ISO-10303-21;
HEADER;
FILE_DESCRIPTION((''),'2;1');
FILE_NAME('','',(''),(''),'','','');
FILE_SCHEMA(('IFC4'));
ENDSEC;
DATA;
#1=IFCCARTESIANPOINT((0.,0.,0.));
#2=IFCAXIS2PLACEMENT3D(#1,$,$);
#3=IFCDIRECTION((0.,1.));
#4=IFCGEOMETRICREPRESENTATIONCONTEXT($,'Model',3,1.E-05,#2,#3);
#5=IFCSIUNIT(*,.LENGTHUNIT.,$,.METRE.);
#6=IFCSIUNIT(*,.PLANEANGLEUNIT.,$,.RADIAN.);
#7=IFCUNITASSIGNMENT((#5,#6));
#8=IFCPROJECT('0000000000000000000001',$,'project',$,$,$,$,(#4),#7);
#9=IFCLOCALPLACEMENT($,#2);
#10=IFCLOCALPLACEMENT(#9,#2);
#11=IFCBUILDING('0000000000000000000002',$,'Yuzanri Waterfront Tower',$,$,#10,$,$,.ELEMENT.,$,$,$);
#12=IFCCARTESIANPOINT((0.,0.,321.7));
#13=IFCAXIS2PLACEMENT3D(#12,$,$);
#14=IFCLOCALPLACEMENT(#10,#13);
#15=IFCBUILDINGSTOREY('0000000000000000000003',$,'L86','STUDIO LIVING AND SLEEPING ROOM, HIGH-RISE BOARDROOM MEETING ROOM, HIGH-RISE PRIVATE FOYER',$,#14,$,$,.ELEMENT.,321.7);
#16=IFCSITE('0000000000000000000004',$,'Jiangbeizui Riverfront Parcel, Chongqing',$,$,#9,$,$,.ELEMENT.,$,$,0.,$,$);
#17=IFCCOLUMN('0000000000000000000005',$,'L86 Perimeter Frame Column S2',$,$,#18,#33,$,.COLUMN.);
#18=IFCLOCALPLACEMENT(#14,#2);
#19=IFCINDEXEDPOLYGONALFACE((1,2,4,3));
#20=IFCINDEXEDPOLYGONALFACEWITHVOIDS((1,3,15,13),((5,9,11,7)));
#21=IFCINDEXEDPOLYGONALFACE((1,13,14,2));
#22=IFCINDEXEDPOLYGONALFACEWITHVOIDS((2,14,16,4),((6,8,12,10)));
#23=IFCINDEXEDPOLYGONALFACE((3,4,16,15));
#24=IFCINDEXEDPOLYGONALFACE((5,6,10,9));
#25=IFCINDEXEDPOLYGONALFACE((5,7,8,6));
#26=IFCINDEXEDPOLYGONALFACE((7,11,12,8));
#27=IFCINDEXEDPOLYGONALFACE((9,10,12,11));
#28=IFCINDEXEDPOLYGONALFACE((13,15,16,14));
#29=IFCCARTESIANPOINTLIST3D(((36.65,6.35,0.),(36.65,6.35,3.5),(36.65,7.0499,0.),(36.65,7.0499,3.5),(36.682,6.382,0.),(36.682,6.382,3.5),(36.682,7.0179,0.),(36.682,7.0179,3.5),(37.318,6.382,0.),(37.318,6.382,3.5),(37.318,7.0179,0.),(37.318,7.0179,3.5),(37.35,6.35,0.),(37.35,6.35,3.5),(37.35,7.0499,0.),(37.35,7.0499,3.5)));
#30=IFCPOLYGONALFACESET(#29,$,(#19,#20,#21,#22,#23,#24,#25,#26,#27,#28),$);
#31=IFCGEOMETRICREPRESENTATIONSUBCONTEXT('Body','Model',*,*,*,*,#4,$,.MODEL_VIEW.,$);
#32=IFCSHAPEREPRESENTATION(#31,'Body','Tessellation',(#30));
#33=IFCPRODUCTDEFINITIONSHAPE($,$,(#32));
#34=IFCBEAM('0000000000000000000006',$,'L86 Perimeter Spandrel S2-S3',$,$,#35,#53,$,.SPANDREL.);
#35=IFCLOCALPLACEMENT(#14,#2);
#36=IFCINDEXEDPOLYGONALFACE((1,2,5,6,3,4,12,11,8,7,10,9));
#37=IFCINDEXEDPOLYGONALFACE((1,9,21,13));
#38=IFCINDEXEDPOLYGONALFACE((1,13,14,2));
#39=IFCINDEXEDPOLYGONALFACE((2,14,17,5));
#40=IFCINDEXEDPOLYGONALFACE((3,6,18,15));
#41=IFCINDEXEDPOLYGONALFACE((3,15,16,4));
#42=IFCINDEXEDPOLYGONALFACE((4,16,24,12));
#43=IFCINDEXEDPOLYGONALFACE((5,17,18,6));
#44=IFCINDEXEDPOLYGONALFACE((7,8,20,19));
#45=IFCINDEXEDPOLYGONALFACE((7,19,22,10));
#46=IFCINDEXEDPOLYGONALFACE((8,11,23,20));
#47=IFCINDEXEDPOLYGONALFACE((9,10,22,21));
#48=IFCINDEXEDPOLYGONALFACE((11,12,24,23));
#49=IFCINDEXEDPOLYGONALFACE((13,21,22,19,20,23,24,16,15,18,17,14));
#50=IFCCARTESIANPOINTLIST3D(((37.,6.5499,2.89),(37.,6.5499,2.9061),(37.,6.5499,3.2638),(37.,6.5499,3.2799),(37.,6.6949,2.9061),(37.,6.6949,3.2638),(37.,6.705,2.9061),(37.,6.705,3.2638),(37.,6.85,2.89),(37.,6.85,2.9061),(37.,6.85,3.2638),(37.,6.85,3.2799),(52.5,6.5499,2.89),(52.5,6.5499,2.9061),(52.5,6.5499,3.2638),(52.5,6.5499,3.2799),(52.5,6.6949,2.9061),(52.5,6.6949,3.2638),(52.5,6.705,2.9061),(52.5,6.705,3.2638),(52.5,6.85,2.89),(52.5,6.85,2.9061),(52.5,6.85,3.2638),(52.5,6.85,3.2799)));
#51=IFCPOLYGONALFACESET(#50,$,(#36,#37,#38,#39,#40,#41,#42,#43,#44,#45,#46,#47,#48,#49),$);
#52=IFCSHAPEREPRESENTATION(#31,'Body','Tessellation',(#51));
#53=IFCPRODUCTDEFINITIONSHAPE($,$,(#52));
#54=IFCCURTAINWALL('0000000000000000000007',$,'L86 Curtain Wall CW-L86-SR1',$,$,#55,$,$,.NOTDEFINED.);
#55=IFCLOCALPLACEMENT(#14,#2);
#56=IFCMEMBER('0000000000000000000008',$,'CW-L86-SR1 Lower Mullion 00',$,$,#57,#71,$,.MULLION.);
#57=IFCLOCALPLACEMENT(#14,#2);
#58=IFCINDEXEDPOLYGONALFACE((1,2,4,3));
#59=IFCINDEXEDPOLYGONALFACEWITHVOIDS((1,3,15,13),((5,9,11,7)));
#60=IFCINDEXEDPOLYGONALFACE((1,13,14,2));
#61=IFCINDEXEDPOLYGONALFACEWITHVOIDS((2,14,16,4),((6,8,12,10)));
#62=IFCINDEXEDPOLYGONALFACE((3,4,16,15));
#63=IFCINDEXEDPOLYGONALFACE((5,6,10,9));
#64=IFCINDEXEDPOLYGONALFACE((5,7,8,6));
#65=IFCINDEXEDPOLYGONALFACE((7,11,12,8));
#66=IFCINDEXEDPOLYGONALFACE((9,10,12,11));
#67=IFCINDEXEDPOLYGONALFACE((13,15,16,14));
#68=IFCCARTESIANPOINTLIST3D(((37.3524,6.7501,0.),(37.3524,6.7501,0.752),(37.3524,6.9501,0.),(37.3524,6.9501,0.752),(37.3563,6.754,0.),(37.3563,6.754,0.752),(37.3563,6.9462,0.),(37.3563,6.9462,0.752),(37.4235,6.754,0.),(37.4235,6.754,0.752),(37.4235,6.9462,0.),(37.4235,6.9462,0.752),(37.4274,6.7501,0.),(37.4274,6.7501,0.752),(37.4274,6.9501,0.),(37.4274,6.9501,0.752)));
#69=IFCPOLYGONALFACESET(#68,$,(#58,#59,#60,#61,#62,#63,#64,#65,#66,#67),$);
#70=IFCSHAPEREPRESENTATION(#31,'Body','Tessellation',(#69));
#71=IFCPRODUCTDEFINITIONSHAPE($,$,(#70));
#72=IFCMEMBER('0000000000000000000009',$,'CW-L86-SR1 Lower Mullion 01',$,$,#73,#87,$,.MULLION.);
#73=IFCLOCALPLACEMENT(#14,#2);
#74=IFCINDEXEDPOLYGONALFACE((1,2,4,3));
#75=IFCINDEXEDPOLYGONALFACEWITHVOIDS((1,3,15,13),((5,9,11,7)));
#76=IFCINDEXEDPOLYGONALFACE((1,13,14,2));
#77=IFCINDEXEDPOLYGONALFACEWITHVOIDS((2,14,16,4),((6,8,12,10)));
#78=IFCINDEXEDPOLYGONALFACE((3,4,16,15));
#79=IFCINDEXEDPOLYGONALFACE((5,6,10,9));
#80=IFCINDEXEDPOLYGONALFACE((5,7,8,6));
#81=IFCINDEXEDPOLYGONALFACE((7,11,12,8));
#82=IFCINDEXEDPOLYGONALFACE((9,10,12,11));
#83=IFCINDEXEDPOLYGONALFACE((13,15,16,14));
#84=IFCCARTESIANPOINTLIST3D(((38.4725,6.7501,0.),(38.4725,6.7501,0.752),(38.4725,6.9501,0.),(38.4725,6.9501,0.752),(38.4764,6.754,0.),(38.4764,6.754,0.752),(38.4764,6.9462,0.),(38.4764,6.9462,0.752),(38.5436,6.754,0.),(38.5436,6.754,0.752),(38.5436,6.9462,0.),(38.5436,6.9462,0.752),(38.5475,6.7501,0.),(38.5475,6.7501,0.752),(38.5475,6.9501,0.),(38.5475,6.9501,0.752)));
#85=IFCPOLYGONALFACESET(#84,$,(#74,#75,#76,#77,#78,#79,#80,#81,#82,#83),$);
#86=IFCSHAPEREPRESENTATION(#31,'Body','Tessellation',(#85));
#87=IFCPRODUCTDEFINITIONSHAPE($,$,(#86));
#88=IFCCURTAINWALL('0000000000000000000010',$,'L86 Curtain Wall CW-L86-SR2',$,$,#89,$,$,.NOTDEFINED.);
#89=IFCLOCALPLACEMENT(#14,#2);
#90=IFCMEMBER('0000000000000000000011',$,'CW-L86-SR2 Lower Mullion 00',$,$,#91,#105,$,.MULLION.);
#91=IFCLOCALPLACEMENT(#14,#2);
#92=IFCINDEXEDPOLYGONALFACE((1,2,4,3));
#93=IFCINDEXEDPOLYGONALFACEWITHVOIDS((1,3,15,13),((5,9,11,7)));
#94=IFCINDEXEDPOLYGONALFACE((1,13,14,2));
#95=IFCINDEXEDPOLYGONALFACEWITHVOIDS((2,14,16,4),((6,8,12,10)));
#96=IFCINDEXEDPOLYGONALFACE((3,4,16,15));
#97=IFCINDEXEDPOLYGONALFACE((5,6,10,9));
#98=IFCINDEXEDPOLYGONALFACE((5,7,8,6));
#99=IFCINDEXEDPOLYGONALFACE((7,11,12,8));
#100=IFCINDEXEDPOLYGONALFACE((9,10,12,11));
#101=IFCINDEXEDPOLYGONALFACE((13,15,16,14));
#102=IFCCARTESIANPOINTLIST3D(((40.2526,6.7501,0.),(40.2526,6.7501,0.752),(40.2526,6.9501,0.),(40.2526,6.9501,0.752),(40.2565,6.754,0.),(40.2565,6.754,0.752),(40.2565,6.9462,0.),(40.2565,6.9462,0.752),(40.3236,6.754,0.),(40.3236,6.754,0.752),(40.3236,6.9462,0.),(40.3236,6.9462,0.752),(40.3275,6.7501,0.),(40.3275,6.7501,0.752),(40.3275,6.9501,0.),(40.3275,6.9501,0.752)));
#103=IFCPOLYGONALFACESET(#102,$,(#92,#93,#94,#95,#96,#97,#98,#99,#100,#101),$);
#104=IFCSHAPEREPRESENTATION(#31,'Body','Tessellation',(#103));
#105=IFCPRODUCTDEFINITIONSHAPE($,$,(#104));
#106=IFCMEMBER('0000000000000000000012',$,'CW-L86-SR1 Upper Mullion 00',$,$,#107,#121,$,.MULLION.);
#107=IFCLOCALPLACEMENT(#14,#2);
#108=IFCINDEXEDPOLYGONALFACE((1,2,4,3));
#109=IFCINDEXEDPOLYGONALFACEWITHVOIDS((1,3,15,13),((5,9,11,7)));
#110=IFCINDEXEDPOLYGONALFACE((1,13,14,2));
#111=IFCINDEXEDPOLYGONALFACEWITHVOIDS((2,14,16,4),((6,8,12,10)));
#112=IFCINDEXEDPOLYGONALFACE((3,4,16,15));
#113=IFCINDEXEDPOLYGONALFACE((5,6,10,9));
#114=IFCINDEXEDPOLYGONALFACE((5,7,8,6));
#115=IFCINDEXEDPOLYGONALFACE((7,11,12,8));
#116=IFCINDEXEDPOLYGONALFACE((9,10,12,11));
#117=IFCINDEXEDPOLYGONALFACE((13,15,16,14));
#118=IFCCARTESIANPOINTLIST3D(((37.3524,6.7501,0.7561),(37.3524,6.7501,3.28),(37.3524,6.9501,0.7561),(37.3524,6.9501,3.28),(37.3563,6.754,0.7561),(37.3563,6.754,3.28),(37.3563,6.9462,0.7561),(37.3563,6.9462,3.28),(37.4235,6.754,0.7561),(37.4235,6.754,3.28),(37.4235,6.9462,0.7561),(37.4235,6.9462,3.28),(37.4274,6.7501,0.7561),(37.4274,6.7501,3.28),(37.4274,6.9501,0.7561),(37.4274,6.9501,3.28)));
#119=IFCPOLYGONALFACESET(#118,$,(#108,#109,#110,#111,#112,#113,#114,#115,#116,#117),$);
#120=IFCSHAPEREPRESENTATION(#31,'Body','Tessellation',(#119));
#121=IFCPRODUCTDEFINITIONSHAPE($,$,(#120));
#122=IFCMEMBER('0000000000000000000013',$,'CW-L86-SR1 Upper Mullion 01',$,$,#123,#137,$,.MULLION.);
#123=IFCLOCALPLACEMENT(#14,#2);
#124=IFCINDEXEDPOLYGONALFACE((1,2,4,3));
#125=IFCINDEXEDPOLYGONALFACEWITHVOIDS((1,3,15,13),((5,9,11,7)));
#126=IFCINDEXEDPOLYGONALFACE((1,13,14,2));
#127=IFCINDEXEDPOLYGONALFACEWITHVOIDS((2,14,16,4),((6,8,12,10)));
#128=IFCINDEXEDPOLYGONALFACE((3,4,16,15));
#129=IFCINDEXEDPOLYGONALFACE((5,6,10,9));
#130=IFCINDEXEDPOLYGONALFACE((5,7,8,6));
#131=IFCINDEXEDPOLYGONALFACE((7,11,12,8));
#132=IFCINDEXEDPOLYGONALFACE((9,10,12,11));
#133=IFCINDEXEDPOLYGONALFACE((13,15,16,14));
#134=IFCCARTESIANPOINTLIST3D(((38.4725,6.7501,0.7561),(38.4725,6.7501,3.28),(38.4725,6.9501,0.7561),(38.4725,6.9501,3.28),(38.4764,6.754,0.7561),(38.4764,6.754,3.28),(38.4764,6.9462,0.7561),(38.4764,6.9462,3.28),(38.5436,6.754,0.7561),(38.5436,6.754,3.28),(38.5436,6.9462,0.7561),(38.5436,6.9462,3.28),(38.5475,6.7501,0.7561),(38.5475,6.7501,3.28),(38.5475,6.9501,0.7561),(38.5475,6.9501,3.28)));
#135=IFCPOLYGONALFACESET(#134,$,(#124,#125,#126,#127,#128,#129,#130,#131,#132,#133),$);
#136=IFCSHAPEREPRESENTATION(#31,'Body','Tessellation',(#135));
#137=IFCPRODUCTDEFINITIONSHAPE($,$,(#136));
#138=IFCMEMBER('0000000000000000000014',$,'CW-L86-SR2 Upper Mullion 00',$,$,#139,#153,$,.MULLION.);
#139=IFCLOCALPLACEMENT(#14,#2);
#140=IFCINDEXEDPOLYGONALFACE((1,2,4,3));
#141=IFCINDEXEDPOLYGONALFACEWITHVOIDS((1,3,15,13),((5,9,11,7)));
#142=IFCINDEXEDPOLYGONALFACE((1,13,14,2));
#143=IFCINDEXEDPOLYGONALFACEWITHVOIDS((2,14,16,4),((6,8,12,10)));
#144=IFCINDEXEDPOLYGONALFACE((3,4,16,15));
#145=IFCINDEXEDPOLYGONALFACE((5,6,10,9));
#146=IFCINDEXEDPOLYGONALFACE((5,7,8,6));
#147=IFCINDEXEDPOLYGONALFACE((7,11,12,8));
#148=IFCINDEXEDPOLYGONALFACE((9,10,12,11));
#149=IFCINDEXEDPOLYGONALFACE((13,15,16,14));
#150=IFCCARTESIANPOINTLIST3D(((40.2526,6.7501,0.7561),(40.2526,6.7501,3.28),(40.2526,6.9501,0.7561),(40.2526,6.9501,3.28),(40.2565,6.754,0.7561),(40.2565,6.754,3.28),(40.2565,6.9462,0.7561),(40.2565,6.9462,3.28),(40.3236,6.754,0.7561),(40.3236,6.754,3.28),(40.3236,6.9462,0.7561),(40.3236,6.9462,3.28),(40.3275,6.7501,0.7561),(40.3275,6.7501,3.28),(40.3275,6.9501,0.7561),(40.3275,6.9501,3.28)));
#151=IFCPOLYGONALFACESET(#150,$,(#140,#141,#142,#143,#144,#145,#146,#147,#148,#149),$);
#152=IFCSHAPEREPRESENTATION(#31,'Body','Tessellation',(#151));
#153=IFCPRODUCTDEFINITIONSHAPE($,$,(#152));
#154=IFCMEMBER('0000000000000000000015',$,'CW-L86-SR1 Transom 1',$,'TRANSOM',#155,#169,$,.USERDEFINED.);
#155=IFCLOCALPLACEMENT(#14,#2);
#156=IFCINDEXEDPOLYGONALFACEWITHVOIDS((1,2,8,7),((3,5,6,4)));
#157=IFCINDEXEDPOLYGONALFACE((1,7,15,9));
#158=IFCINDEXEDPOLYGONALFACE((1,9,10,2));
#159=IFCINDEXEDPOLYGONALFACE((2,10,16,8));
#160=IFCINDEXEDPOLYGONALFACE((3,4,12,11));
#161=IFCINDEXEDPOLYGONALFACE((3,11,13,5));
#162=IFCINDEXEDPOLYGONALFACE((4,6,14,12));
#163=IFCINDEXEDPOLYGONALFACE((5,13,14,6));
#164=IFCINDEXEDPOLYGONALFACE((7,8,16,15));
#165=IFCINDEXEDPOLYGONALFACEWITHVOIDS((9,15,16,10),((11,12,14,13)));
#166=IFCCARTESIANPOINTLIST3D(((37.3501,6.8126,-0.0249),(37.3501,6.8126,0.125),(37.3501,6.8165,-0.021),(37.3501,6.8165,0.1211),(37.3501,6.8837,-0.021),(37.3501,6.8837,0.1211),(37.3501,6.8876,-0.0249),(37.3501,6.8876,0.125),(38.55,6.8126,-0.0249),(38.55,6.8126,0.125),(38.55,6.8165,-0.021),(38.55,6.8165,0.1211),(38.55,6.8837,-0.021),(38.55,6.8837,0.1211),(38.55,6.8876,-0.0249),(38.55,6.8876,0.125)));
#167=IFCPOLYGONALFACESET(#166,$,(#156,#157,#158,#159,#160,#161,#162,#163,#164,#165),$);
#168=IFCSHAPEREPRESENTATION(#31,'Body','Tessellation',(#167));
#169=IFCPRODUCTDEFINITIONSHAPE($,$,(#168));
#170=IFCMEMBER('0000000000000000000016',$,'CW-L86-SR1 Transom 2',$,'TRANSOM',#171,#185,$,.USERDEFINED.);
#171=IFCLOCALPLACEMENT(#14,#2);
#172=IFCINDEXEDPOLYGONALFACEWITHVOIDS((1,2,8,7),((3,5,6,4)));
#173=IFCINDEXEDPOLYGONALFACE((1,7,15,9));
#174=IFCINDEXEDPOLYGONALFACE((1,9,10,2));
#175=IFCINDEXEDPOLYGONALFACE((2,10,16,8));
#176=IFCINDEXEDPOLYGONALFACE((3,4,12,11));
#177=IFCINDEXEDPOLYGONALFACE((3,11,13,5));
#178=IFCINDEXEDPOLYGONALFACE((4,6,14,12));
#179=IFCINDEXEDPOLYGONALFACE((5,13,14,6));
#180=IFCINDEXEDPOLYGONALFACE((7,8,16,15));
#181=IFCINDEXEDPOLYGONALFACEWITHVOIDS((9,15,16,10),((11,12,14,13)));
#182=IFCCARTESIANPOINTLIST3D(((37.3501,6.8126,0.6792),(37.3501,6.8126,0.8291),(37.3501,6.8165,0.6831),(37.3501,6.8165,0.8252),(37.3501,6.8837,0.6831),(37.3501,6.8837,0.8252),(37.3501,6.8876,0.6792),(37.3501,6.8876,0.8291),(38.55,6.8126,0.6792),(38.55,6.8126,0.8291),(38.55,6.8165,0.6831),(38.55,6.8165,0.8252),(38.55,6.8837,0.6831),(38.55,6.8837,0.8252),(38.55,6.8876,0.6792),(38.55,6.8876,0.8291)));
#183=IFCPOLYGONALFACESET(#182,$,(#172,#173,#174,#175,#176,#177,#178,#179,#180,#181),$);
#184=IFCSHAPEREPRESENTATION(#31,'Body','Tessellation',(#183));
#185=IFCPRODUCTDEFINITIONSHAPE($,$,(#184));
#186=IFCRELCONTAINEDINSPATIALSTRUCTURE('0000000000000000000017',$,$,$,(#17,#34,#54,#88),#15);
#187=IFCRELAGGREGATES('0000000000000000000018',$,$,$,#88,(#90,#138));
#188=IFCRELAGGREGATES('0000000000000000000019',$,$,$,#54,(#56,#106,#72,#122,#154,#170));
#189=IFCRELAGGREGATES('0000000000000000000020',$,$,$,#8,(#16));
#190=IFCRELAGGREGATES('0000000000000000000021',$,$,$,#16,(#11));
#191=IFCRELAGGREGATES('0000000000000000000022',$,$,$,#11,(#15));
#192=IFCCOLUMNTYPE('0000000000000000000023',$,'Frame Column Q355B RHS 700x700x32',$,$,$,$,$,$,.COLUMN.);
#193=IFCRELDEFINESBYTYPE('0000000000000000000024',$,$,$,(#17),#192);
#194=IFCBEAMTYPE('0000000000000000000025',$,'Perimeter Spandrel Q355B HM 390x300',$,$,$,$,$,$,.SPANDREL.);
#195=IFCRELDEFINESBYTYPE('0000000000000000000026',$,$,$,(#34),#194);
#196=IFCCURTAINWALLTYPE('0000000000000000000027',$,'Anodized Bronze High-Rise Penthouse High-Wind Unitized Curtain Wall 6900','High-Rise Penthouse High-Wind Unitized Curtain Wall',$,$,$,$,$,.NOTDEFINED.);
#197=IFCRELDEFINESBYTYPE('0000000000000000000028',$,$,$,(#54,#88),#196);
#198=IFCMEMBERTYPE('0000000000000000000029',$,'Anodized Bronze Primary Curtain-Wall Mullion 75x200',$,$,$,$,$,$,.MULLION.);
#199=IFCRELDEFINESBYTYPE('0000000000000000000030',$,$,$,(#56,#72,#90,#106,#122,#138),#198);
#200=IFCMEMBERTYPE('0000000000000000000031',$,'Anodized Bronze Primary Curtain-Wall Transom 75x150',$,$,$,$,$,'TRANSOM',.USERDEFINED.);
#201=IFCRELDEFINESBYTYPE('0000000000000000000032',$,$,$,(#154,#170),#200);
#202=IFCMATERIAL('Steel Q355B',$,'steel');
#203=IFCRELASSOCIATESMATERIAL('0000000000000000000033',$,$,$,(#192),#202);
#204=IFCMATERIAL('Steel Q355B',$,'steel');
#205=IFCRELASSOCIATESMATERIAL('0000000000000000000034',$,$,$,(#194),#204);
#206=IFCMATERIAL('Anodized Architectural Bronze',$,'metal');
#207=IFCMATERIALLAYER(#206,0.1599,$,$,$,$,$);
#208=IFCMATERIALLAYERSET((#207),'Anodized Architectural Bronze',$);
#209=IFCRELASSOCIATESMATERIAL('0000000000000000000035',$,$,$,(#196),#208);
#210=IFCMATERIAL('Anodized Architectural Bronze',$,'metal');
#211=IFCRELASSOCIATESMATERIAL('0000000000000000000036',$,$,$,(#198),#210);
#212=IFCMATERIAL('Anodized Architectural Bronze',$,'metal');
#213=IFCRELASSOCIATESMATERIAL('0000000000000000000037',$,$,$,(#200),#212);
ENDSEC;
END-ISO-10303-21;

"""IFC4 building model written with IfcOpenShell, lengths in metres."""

from ifc_helpers import new_model, si_unit, direction, frame, origin, origin_2d, place, context, subcontext, project, spatial, hollow_rectangle, i_section, extrude, source, transform, mapped, material, layer, layer_set, material_profile, profile_set, type_object, element, aggregate, save


model = new_model("IFC4")

# Units and contexts
model_context = context("Model", 3, precision=1e-05, world=origin(), true_north=direction((0.0, 1.0)))
body_context = subcontext(model_context, "Body", "Model", "MODEL_VIEW")
ifc_project = project(units=[si_unit("LENGTHUNIT", "METRE"), si_unit("PLANEANGLEUNIT", "RADIAN")], contexts=[model_context])

# Site, building, storey
site_placement = place(None, origin())
site = spatial("IfcSite", under=ifc_project, at=site_placement, Name="Jiangbeizui Riverfront Parcel, Chongqing", CompositionType="ELEMENT", RefElevation=0.0)
building_placement = place(site_placement, origin())
building = spatial("IfcBuilding", under=site, at=building_placement, Name="Yuzanri Waterfront Tower", CompositionType="ELEMENT")
storey_placement = place(building_placement, frame((0.0, 0.0, 321.7)))
storey = spatial("IfcBuildingStorey", under=building, at=storey_placement, Name="L86", Description="STUDIO LIVING AND SLEEPING ROOM, HIGH-RISE BOARDROOM MEETING ROOM, HIGH-RISE PRIVATE FOYER", CompositionType="ELEMENT", Elevation=321.7)

# Column
ifc_material_1 = material(Name="Steel Q355B", Category="steel")
ifc_material_profile_1 = material_profile(ifc_material_1, hollow_rectangle(XDim=0.7, YDim=0.7, WallThickness=0.032, at=origin_2d()), Name="RHS 700x700x32")
ifc_profile_set_1 = profile_set([ifc_material_profile_1], Name="Steel Q355B")
column_type = type_object("IfcColumnType", Name="Frame Column Q355B RHS 700x700x32", PredefinedType="COLUMN", material=ifc_profile_set_1)
shared_shape_1 = source(origin(), body_context, "Body", "SweptSolid", [
    extrude(hollow_rectangle(XDim=0.7, YDim=0.7, WallThickness=0.032, at=origin_2d()), origin(), (0.0, 0.0, 1.0), 3.5),
])
column_placement = place(storey_placement, frame((37.0, 6.7, 0.0), z_axis=(0.0, 0.0, 1.0), x_axis=(1.0, 0.0, 0.0)))
element("IfcColumn", 1, at=column_placement, inside=storey, type_object=column_type, Name="L86 Perimeter Frame Column S2", PredefinedType="COLUMN", context=body_context, shape_type="MappedRepresentation", body=[
    mapped(shared_shape_1, transform((0.0, 0.0, 0.0), scale=1.0)),
])

# Beam
ifc_material_2 = material(Name="Steel Q355B", Category="steel")
ifc_material_profile_2 = material_profile(ifc_material_2, i_section(OverallWidth=0.3, OverallDepth=0.3899, WebThickness=0.01, FlangeThickness=0.0161, at=origin_2d()), Name="HM 390x300x10x16")
ifc_profile_set_2 = profile_set([ifc_material_profile_2], Name="Steel Q355B")
beam_type = type_object("IfcBeamType", Name="Perimeter Spandrel Q355B HM 390x300", PredefinedType="SPANDREL", material=ifc_profile_set_2)
shared_shape_2 = source(origin(), body_context, "Body", "SweptSolid", [
    extrude(i_section(OverallWidth=0.3, OverallDepth=0.3899, WebThickness=0.01, FlangeThickness=0.0161, at=origin_2d()), origin(), (0.0, 0.0, 1.0), 15.5),
])
beam_placement = place(storey_placement, frame((37.0, 6.7, 3.085), z_axis=(1.0, 0.0, 0.0), x_axis=(0.0, 1.0, 0.0)))
element("IfcBeam", 2, at=beam_placement, inside=storey, type_object=beam_type, Name="L86 Perimeter Spandrel S2-S3", PredefinedType="SPANDREL", context=body_context, shape_type="MappedRepresentation", body=[
    mapped(shared_shape_2, transform((0.0, 0.0, 0.0), scale=1.0)),
])

# Curtain wall, members
ifc_material_3 = material(Name="Anodized Architectural Bronze", Category="metal")
ifc_layer_1 = layer(ifc_material_3, 0.1599)
ifc_layer_set_1 = layer_set([ifc_layer_1], Name="Anodized Architectural Bronze")
curtain_wall_type = type_object("IfcCurtainWallType", Name="Anodized Bronze High-Rise Penthouse High-Wind Unitized Curtain Wall 6900", Description="High-Rise Penthouse High-Wind Unitized Curtain Wall", PredefinedType="NOTDEFINED", material=ifc_layer_set_1)
curtain_wall_1_placement = place(storey_placement, origin())
curtain_wall_1 = element("IfcCurtainWall", 3, at=curtain_wall_1_placement, inside=storey, type_object=curtain_wall_type, Name="L86 Curtain Wall CW-L86-SR1", PredefinedType="NOTDEFINED")
ifc_material_4 = material(Name="Anodized Architectural Bronze", Category="metal")
ifc_material_profile_3 = material_profile(ifc_material_4, hollow_rectangle(XDim=0.075, YDim=0.2, WallThickness=0.0039, at=origin_2d()), Name="CWM 75x200")
ifc_profile_set_3 = profile_set([ifc_material_profile_3], Name="Anodized Architectural Bronze")
member_type_1 = type_object("IfcMemberType", Name="Anodized Bronze Primary Curtain-Wall Mullion 75x200", PredefinedType="MULLION", material=ifc_profile_set_3)
shared_shape_3 = source(origin(), body_context, "Body", "SweptSolid", [
    extrude(hollow_rectangle(XDim=0.075, YDim=0.2, WallThickness=0.0039, at=origin_2d()), origin(), (0.0, 0.0, 1.0), 0.752),
])
member_1_placement = place(storey_placement, frame((37.3899, 6.8501, 0.0), z_axis=(0.0, 0.0, 1.0), x_axis=(1.0, 0.0, 0.0)))
member_1 = element("IfcMember", 4, at=member_1_placement, type_object=member_type_1, Name="CW-L86-SR1 Lower Mullion 00", PredefinedType="MULLION", context=body_context, shape_type="MappedRepresentation", body=[
    mapped(shared_shape_3, transform((0.0, 0.0, 0.0), scale=1.0)),
])
member_2_placement = place(storey_placement, frame((38.51, 6.8501, 0.0), z_axis=(0.0, 0.0, 1.0), x_axis=(1.0, 0.0, 0.0)))
member_2 = element("IfcMember", 5, at=member_2_placement, type_object=member_type_1, Name="CW-L86-SR1 Lower Mullion 01", PredefinedType="MULLION", context=body_context, shape_type="MappedRepresentation", body=[
    mapped(shared_shape_3, transform((0.0, 0.0, 0.0), scale=1.0)),
])

# Curtain wall, member
curtain_wall_2_placement = place(storey_placement, origin())
curtain_wall_2 = element("IfcCurtainWall", 6, at=curtain_wall_2_placement, inside=storey, type_object=curtain_wall_type, Name="L86 Curtain Wall CW-L86-SR2", PredefinedType="NOTDEFINED")
member_3_placement = place(storey_placement, frame((40.29, 6.8501, 0.0), z_axis=(0.0, 0.0, 1.0), x_axis=(1.0, 0.0, 0.0)))
member_3 = element("IfcMember", 7, at=member_3_placement, type_object=member_type_1, Name="CW-L86-SR2 Lower Mullion 00", PredefinedType="MULLION", context=body_context, shape_type="MappedRepresentation", body=[
    mapped(shared_shape_3, transform((0.0, 0.0, 0.0), scale=1.0)),
])

# Members
shared_shape_4 = source(origin(), body_context, "Body", "SweptSolid", [
    extrude(hollow_rectangle(XDim=0.075, YDim=0.2, WallThickness=0.0039, at=origin_2d()), origin(), (0.0, 0.0, 1.0), 2.5239),
])
member_4_placement = place(storey_placement, frame((37.3899, 6.8501, 0.7561), z_axis=(0.0, 0.0, 1.0), x_axis=(1.0, 0.0, 0.0)))
member_4 = element("IfcMember", 8, at=member_4_placement, type_object=member_type_1, Name="CW-L86-SR1 Upper Mullion 00", PredefinedType="MULLION", context=body_context, shape_type="MappedRepresentation", body=[
    mapped(shared_shape_4, transform((0.0, 0.0, 0.0), scale=1.0)),
])
member_5_placement = place(storey_placement, frame((38.51, 6.8501, 0.7561), z_axis=(0.0, 0.0, 1.0), x_axis=(1.0, 0.0, 0.0)))
member_5 = element("IfcMember", 9, at=member_5_placement, type_object=member_type_1, Name="CW-L86-SR1 Upper Mullion 01", PredefinedType="MULLION", context=body_context, shape_type="MappedRepresentation", body=[
    mapped(shared_shape_4, transform((0.0, 0.0, 0.0), scale=1.0)),
])
member_6_placement = place(storey_placement, frame((40.29, 6.8501, 0.7561), z_axis=(0.0, 0.0, 1.0), x_axis=(1.0, 0.0, 0.0)))
member_6 = element("IfcMember", 10, at=member_6_placement, type_object=member_type_1, Name="CW-L86-SR2 Upper Mullion 00", PredefinedType="MULLION", context=body_context, shape_type="MappedRepresentation", body=[
    mapped(shared_shape_4, transform((0.0, 0.0, 0.0), scale=1.0)),
])
ifc_material_5 = material(Name="Anodized Architectural Bronze", Category="metal")
ifc_material_profile_4 = material_profile(ifc_material_5, hollow_rectangle(XDim=0.075, YDim=0.1499, WallThickness=0.0039, at=origin_2d()), Name="CWT 75x150")
ifc_profile_set_4 = profile_set([ifc_material_profile_4], Name="Anodized Architectural Bronze")
member_type_2 = type_object("IfcMemberType", Name="Anodized Bronze Primary Curtain-Wall Transom 75x150", ElementType="TRANSOM", PredefinedType="USERDEFINED", material=ifc_profile_set_4)
shared_shape_5 = source(origin(), body_context, "Body", "SweptSolid", [
    extrude(hollow_rectangle(XDim=0.075, YDim=0.1499, WallThickness=0.0039, at=origin_2d()), origin(), (0.0, 0.0, 1.0), 1.2),
])
member_7_placement = place(storey_placement, frame((37.3501, 6.8501, 0.05), z_axis=(1.0, 0.0, 0.0), x_axis=(0.0, 1.0, 0.0)))
member_7 = element("IfcMember", 11, at=member_7_placement, type_object=member_type_2, Name="CW-L86-SR1 Transom 1", ObjectType="TRANSOM", PredefinedType="USERDEFINED", context=body_context, shape_type="MappedRepresentation", body=[
    mapped(shared_shape_5, transform((0.0, 0.0, 0.0), scale=1.0)),
])
member_8_placement = place(storey_placement, frame((37.3501, 6.8501, 0.7542), z_axis=(1.0, 0.0, 0.0), x_axis=(0.0, 1.0, 0.0)))
member_8 = element("IfcMember", 12, at=member_8_placement, type_object=member_type_2, Name="CW-L86-SR1 Transom 2", ObjectType="TRANSOM", PredefinedType="USERDEFINED", context=body_context, shape_type="MappedRepresentation", body=[
    mapped(shared_shape_5, transform((0.0, 0.0, 0.0), scale=1.0)),
])
aggregate(curtain_wall_2, [member_3, member_6])

aggregate(curtain_wall_1, [member_1, member_4, member_2, member_5, member_7, member_8])

save(model, "model.ifc")
